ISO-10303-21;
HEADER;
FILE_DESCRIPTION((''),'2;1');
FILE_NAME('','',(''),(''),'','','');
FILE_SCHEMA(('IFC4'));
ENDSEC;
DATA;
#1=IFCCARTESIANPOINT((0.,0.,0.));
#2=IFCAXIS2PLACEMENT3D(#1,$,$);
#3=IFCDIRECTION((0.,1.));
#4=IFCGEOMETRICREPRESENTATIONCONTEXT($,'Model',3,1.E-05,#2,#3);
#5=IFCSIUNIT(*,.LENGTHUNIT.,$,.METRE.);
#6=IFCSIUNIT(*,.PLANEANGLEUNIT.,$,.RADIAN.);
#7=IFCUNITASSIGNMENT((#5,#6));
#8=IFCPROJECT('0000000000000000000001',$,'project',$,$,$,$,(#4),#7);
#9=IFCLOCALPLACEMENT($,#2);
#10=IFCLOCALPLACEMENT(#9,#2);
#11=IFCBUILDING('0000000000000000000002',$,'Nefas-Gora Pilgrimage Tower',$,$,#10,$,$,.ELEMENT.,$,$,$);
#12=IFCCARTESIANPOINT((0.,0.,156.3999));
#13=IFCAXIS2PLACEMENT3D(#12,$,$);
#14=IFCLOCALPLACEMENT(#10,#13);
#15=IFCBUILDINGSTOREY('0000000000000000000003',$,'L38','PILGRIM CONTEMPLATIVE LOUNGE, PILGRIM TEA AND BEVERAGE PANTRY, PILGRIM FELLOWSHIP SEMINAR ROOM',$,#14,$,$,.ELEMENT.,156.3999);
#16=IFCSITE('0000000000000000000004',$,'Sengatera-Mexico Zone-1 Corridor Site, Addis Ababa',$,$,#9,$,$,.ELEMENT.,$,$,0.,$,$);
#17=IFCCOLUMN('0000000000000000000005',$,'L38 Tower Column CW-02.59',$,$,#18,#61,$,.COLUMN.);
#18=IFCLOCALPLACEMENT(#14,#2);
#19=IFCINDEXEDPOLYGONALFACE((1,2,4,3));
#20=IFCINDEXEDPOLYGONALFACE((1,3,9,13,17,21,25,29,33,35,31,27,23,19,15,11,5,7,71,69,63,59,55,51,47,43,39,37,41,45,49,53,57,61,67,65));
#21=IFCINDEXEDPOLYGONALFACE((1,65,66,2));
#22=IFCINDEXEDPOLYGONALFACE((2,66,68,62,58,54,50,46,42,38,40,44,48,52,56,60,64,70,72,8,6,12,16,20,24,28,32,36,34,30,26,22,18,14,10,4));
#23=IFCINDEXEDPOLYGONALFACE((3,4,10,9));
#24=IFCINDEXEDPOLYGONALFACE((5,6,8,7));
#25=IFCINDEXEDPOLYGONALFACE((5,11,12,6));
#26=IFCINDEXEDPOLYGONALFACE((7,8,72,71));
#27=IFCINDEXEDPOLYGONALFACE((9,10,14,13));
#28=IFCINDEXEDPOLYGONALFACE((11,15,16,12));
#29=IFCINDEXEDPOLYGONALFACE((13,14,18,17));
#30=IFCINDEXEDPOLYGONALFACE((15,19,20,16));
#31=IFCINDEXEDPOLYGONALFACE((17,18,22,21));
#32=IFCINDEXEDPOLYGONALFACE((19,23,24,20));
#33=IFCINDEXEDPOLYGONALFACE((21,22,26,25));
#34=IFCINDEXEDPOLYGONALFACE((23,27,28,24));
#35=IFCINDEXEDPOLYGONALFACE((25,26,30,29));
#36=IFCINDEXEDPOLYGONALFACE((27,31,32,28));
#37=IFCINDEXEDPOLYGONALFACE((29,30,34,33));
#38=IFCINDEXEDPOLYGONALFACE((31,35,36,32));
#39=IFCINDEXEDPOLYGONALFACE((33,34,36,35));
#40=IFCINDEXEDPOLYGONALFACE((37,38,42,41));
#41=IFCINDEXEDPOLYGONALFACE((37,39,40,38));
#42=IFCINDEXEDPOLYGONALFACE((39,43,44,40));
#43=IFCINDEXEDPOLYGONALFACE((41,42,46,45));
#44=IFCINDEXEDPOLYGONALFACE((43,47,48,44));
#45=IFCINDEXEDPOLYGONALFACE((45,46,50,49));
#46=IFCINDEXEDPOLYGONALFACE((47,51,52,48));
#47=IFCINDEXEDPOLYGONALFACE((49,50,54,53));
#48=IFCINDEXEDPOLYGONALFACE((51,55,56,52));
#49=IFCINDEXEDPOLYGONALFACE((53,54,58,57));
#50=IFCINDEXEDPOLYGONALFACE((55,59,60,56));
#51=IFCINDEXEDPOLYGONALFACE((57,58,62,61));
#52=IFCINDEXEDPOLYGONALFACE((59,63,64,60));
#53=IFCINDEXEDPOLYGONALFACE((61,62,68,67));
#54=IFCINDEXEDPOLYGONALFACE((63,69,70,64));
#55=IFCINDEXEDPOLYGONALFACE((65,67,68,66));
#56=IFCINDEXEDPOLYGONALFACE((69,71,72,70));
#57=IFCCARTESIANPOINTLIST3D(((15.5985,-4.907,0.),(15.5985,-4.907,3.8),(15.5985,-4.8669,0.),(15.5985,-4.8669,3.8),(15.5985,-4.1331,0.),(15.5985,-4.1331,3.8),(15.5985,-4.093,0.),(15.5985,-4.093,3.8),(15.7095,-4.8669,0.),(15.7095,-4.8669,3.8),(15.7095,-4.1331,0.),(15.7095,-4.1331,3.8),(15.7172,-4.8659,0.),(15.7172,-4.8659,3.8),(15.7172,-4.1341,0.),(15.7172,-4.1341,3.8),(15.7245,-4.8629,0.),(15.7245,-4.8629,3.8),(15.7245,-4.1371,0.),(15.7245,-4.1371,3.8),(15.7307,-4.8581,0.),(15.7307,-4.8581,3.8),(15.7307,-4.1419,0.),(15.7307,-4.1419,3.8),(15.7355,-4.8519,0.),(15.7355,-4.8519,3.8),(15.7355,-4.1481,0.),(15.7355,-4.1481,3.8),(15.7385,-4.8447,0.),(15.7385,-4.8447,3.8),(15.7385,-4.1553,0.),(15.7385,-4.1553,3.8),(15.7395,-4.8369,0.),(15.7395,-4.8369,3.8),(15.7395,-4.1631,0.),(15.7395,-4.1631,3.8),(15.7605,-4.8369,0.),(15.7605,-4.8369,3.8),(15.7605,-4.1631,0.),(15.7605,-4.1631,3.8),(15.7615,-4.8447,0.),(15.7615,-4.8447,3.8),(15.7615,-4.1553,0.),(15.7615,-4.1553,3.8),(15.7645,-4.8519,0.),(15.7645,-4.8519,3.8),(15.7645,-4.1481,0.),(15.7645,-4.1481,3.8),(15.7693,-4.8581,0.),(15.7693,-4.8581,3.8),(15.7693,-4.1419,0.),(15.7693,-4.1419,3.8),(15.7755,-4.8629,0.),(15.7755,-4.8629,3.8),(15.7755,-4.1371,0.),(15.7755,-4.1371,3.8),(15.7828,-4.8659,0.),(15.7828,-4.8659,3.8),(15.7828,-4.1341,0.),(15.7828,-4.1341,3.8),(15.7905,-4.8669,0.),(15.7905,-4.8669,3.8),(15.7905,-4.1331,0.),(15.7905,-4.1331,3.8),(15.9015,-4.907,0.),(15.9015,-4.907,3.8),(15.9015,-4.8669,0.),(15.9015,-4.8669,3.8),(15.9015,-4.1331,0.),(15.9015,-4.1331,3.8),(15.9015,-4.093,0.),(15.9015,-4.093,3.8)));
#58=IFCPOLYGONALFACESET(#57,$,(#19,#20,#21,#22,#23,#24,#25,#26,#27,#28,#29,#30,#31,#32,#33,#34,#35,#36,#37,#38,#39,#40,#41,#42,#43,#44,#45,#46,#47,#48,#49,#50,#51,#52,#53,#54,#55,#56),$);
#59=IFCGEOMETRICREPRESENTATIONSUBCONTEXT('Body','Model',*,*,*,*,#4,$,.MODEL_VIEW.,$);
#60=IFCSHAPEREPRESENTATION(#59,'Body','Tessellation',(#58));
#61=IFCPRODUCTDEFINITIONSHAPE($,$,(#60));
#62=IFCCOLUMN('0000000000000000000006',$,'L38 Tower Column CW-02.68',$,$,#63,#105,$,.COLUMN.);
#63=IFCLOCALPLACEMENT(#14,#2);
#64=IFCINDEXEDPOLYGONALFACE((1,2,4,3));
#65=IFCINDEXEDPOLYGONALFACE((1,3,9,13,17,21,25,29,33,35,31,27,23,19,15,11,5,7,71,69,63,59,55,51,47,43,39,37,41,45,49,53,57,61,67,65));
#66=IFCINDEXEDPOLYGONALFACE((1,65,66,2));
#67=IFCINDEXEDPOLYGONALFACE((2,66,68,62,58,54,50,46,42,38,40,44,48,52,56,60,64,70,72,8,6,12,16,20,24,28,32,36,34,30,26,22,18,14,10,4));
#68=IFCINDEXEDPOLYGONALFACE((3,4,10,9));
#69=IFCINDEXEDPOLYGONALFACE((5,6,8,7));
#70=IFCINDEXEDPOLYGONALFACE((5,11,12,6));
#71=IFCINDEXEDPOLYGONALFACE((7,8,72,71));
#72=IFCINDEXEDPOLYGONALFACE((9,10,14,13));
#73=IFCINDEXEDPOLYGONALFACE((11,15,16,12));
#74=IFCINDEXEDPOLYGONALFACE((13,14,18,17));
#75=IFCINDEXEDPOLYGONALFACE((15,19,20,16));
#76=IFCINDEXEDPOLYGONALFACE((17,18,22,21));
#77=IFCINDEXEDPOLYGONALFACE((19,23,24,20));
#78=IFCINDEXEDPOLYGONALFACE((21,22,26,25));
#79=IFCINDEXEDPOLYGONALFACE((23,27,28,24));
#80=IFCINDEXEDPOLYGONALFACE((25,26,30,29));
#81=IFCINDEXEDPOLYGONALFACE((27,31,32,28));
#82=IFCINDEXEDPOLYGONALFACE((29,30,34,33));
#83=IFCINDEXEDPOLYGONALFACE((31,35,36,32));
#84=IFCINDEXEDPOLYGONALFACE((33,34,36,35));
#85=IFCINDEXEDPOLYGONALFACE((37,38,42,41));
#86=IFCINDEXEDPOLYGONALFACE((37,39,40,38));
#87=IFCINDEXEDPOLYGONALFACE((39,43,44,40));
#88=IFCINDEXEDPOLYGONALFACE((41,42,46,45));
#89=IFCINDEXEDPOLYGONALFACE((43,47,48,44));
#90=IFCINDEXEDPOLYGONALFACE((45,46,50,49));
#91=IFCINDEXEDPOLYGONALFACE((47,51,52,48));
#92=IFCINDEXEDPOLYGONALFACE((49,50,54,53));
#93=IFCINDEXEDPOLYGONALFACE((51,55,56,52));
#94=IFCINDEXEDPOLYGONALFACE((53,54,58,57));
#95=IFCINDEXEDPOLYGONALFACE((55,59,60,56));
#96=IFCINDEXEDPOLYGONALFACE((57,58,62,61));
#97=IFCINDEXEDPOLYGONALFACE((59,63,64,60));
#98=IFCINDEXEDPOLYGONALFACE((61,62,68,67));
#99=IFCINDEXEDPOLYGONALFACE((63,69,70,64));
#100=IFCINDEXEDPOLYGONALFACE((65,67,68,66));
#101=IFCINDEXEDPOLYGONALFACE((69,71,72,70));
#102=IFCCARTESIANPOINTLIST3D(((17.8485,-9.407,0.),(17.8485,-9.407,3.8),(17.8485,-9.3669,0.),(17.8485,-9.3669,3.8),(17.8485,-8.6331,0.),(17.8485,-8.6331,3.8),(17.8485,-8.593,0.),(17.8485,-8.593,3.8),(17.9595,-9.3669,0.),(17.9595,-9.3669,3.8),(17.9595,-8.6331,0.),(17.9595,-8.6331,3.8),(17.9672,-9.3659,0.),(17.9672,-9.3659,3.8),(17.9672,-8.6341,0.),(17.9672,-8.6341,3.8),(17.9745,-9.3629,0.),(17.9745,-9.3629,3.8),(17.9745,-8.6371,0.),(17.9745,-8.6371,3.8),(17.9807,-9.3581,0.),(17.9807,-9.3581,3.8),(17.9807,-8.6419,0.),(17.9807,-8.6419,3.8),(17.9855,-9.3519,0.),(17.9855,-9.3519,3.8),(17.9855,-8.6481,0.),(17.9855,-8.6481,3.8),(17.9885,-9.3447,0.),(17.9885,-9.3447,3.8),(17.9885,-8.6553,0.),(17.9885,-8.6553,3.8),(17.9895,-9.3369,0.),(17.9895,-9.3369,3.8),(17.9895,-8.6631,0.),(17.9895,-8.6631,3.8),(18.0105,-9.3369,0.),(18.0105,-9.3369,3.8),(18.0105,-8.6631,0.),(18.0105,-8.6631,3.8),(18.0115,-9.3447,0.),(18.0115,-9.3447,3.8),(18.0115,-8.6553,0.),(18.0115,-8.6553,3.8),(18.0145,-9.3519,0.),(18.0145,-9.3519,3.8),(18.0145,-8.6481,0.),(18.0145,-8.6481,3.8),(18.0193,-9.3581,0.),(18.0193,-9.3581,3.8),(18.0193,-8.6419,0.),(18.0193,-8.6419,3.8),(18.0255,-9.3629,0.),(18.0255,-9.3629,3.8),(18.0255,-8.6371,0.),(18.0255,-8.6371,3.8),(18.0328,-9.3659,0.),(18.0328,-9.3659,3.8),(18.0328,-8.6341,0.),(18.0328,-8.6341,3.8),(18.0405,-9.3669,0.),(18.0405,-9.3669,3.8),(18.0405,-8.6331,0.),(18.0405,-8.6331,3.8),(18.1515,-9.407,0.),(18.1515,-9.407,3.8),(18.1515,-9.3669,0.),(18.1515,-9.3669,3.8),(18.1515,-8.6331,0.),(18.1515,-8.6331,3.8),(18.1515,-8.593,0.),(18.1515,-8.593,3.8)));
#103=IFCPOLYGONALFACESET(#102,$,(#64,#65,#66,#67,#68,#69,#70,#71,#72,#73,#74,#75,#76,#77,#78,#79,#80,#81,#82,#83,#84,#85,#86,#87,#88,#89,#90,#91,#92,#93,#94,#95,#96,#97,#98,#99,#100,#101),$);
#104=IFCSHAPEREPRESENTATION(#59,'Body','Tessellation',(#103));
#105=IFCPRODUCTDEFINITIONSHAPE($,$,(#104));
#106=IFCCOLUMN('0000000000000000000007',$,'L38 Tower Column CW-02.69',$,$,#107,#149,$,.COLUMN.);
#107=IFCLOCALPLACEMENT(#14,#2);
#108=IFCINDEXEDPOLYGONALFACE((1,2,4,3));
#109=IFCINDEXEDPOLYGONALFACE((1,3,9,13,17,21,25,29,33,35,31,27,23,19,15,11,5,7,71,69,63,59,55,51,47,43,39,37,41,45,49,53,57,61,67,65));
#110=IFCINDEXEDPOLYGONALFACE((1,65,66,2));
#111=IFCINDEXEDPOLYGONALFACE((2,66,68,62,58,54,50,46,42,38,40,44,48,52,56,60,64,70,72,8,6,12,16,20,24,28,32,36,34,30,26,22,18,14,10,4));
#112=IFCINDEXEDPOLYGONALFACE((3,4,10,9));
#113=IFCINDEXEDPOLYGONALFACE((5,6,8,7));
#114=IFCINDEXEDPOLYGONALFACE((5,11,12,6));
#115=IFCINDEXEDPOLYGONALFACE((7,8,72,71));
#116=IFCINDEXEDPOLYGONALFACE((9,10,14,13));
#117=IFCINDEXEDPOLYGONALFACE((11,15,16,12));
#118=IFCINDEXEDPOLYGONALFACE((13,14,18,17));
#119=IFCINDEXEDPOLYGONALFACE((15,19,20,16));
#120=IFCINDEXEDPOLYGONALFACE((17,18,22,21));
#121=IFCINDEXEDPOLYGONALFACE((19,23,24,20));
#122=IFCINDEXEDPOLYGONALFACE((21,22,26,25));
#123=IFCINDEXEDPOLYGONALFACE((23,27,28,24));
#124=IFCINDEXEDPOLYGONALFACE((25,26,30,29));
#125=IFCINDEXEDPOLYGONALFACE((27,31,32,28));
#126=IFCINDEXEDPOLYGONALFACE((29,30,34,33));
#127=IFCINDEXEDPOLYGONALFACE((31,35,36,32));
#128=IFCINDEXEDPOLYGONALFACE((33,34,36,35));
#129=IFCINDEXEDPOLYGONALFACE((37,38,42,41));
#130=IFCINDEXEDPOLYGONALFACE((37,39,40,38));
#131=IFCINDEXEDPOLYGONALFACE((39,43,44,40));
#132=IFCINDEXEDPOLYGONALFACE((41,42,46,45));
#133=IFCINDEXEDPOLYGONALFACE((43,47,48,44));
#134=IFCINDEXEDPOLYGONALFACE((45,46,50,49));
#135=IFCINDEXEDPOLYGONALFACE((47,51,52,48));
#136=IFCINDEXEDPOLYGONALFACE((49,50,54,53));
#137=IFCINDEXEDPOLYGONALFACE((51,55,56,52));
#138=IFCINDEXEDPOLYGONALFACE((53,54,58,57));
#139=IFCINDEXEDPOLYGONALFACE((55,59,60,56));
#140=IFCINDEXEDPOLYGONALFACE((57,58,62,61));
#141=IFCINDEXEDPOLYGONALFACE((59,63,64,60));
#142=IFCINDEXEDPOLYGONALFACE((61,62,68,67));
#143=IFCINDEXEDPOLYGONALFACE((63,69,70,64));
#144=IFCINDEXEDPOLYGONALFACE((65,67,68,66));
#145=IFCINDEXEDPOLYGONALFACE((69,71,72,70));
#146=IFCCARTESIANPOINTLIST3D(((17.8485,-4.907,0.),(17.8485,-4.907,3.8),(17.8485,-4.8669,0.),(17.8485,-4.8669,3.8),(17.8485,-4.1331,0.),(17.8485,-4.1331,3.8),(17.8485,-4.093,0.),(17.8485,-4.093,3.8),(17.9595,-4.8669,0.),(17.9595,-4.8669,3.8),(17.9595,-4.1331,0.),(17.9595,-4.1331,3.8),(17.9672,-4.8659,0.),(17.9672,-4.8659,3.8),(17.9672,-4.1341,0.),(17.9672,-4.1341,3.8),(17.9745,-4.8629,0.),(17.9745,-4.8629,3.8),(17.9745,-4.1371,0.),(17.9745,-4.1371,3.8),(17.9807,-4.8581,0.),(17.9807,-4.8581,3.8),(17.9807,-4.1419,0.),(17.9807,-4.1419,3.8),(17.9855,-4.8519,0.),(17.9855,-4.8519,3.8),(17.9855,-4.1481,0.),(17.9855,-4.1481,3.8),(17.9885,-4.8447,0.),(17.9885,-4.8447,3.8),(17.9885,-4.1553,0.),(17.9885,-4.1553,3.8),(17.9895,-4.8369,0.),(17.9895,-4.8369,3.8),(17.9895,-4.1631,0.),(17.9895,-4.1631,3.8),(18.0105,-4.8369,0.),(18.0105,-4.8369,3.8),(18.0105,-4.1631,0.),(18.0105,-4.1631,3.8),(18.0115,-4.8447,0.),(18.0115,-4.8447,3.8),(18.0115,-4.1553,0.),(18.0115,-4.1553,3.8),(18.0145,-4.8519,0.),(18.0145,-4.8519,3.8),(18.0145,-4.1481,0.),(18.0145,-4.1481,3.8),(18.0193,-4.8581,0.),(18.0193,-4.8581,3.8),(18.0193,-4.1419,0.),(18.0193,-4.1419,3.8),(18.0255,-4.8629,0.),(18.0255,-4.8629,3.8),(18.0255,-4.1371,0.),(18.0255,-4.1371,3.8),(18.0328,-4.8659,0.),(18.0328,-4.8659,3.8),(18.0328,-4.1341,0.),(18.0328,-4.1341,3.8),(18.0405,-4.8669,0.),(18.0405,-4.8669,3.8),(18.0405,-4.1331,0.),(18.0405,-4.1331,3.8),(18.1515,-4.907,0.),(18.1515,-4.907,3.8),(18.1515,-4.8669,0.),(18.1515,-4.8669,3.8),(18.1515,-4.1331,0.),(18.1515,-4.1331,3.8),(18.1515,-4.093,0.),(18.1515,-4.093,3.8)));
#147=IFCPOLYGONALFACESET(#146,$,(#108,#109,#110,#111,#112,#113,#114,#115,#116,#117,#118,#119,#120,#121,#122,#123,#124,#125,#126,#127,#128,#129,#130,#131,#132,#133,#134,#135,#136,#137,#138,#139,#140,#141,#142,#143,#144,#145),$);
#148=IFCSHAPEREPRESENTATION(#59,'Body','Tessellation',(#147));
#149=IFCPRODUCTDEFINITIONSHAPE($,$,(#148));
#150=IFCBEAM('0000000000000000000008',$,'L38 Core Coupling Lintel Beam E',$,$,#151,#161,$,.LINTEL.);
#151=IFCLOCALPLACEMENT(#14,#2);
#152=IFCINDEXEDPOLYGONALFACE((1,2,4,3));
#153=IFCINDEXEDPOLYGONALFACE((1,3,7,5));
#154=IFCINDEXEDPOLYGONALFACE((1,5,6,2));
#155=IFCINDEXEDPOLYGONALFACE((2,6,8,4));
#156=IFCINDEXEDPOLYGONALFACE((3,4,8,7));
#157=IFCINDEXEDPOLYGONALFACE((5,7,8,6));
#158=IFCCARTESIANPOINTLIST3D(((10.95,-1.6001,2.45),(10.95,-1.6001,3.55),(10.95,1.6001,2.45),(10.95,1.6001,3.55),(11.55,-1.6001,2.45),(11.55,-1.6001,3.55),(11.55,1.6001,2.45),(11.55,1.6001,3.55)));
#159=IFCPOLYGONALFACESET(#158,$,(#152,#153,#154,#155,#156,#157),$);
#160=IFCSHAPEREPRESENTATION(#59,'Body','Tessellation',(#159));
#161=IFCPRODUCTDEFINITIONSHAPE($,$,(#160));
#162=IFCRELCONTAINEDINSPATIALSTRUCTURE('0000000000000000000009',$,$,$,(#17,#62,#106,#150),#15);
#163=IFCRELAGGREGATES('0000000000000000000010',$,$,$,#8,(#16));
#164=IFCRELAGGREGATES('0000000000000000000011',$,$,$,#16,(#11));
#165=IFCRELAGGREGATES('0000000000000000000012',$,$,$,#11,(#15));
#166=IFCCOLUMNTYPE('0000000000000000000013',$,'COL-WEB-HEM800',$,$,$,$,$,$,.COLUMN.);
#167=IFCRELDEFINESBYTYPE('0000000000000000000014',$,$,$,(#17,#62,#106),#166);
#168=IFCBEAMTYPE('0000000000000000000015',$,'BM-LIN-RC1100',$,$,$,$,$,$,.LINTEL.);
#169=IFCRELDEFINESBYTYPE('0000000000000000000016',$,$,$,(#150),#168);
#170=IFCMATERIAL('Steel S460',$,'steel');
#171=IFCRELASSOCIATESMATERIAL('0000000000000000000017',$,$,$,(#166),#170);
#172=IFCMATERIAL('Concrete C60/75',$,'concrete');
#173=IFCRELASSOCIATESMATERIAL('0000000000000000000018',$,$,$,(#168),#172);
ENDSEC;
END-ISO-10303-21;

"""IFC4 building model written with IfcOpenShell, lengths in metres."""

from ifc_helpers import new_model, si_unit, direction, frame, origin, origin_2d, place, context, subcontext, project, spatial, rectangle, i_section, extrude, source, transform, mapped, material, material_profile, profile_set, type_object, element, save


model = new_model("IFC4")

# Units and contexts
model_context = context("Model", 3, precision=1e-05, world=origin(), true_north=direction((0.0, 1.0)))
body_context = subcontext(model_context, "Body", "Model", "MODEL_VIEW")
ifc_project = project(units=[si_unit("LENGTHUNIT", "METRE"), si_unit("PLANEANGLEUNIT", "RADIAN")], contexts=[model_context])

# Site, building, storey
site_placement = place(None, origin())
site = spatial("IfcSite", under=ifc_project, at=site_placement, Name="Sengatera-Mexico Zone-1 Corridor Site, Addis Ababa", CompositionType="ELEMENT", RefElevation=0.0)
building_placement = place(site_placement, origin())
building = spatial("IfcBuilding", under=site, at=building_placement, Name="Nefas-Gora Pilgrimage Tower", CompositionType="ELEMENT")
storey_placement = place(building_placement, frame((0.0, 0.0, 156.3999)))
storey = spatial("IfcBuildingStorey", under=building, at=storey_placement, Name="L38", Description="PILGRIM CONTEMPLATIVE LOUNGE, PILGRIM TEA AND BEVERAGE PANTRY, PILGRIM FELLOWSHIP SEMINAR ROOM", CompositionType="ELEMENT", Elevation=156.3999)

# Columns
ifc_material_1 = material(Name="Steel S460", Category="steel")
ifc_material_profile_1 = material_profile(ifc_material_1, i_section(OverallWidth=0.303, OverallDepth=0.814, WebThickness=0.021, FlangeThickness=0.04, FilletRadius=0.03, at=origin_2d()), Name="HEM 800")
ifc_profile_set_1 = profile_set([ifc_material_profile_1], Name="Steel S460")
column_type_1 = type_object("IfcColumnType", Name="COL-WEB-HEM800", PredefinedType="COLUMN", material=ifc_profile_set_1)
shared_shape_1 = source(origin(), body_context, "Body", "SweptSolid", [
    extrude(i_section(OverallWidth=0.303, OverallDepth=0.814, WebThickness=0.021, FlangeThickness=0.04, FilletRadius=0.03, at=origin_2d()), origin(), (0.0, 0.0, 1.0), 3.8),
])
for number, where, z_axis, x_axis, name in (
    (1, (15.75, -4.5, 0.0), (0.0, 0.0, 1.0), (1.0, 0.0, 0.0), "L38 Tower Column CW-02.59"),
    (2, (18.0, -9.0, 0.0), (0.0, 0.0, 1.0), (1.0, 0.0, 0.0), "L38 Tower Column CW-02.68"),
    (3, (18.0, -4.5, 0.0), (0.0, 0.0, 1.0), (1.0, 0.0, 0.0), "L38 Tower Column CW-02.69"),
):
    element("IfcColumn", number, at=place(storey_placement, frame(where, z_axis=z_axis, x_axis=x_axis)), inside=storey, type_object=column_type_1, Name=name, PredefinedType="COLUMN", context=body_context, shape_type="MappedRepresentation", body=[
        mapped(shared_shape_1, transform((0.0, 0.0, 0.0), x_axis=(1.0, 0.0, 0.0), y_axis=(0.0, 1.0, 0.0), z_axis=(0.0, 0.0, 1.0), scale=1.0)),
    ])

# Beam
ifc_material_2 = material(Name="Concrete C60/75", Category="concrete")
ifc_material_profile_2 = material_profile(ifc_material_2, rectangle(XDim=0.6001, YDim=1.1001, at=origin_2d()), Name="RC 600x1100")
ifc_profile_set_2 = profile_set([ifc_material_profile_2], Name="Concrete C60/75")
beam_type_1 = type_object("IfcBeamType", Name="BM-LIN-RC1100", PredefinedType="LINTEL", material=ifc_profile_set_2)
shared_shape_2 = source(origin(), body_context, "Body", "SweptSolid", [
    extrude(rectangle(XDim=0.6001, YDim=1.1001, at=origin_2d()), origin(), (0.0, 0.0, 1.0), 3.2002),
])
beam_placement = place(storey_placement, frame((11.25, -1.6001, 3.0), z_axis=(0.0, 1.0, 0.0), x_axis=(-1.0, 0.0, 0.0)))
element("IfcBeam", 4, at=beam_placement, inside=storey, type_object=beam_type_1, Name="L38 Core Coupling Lintel Beam E", PredefinedType="LINTEL", context=body_context, shape_type="MappedRepresentation", body=[
    mapped(shared_shape_2, transform((0.0, 0.0, 0.0), x_axis=(1.0, 0.0, 0.0), y_axis=(0.0, 1.0, 0.0), z_axis=(0.0, 0.0, 1.0), scale=1.0)),
])

save(model, "model.ifc")
